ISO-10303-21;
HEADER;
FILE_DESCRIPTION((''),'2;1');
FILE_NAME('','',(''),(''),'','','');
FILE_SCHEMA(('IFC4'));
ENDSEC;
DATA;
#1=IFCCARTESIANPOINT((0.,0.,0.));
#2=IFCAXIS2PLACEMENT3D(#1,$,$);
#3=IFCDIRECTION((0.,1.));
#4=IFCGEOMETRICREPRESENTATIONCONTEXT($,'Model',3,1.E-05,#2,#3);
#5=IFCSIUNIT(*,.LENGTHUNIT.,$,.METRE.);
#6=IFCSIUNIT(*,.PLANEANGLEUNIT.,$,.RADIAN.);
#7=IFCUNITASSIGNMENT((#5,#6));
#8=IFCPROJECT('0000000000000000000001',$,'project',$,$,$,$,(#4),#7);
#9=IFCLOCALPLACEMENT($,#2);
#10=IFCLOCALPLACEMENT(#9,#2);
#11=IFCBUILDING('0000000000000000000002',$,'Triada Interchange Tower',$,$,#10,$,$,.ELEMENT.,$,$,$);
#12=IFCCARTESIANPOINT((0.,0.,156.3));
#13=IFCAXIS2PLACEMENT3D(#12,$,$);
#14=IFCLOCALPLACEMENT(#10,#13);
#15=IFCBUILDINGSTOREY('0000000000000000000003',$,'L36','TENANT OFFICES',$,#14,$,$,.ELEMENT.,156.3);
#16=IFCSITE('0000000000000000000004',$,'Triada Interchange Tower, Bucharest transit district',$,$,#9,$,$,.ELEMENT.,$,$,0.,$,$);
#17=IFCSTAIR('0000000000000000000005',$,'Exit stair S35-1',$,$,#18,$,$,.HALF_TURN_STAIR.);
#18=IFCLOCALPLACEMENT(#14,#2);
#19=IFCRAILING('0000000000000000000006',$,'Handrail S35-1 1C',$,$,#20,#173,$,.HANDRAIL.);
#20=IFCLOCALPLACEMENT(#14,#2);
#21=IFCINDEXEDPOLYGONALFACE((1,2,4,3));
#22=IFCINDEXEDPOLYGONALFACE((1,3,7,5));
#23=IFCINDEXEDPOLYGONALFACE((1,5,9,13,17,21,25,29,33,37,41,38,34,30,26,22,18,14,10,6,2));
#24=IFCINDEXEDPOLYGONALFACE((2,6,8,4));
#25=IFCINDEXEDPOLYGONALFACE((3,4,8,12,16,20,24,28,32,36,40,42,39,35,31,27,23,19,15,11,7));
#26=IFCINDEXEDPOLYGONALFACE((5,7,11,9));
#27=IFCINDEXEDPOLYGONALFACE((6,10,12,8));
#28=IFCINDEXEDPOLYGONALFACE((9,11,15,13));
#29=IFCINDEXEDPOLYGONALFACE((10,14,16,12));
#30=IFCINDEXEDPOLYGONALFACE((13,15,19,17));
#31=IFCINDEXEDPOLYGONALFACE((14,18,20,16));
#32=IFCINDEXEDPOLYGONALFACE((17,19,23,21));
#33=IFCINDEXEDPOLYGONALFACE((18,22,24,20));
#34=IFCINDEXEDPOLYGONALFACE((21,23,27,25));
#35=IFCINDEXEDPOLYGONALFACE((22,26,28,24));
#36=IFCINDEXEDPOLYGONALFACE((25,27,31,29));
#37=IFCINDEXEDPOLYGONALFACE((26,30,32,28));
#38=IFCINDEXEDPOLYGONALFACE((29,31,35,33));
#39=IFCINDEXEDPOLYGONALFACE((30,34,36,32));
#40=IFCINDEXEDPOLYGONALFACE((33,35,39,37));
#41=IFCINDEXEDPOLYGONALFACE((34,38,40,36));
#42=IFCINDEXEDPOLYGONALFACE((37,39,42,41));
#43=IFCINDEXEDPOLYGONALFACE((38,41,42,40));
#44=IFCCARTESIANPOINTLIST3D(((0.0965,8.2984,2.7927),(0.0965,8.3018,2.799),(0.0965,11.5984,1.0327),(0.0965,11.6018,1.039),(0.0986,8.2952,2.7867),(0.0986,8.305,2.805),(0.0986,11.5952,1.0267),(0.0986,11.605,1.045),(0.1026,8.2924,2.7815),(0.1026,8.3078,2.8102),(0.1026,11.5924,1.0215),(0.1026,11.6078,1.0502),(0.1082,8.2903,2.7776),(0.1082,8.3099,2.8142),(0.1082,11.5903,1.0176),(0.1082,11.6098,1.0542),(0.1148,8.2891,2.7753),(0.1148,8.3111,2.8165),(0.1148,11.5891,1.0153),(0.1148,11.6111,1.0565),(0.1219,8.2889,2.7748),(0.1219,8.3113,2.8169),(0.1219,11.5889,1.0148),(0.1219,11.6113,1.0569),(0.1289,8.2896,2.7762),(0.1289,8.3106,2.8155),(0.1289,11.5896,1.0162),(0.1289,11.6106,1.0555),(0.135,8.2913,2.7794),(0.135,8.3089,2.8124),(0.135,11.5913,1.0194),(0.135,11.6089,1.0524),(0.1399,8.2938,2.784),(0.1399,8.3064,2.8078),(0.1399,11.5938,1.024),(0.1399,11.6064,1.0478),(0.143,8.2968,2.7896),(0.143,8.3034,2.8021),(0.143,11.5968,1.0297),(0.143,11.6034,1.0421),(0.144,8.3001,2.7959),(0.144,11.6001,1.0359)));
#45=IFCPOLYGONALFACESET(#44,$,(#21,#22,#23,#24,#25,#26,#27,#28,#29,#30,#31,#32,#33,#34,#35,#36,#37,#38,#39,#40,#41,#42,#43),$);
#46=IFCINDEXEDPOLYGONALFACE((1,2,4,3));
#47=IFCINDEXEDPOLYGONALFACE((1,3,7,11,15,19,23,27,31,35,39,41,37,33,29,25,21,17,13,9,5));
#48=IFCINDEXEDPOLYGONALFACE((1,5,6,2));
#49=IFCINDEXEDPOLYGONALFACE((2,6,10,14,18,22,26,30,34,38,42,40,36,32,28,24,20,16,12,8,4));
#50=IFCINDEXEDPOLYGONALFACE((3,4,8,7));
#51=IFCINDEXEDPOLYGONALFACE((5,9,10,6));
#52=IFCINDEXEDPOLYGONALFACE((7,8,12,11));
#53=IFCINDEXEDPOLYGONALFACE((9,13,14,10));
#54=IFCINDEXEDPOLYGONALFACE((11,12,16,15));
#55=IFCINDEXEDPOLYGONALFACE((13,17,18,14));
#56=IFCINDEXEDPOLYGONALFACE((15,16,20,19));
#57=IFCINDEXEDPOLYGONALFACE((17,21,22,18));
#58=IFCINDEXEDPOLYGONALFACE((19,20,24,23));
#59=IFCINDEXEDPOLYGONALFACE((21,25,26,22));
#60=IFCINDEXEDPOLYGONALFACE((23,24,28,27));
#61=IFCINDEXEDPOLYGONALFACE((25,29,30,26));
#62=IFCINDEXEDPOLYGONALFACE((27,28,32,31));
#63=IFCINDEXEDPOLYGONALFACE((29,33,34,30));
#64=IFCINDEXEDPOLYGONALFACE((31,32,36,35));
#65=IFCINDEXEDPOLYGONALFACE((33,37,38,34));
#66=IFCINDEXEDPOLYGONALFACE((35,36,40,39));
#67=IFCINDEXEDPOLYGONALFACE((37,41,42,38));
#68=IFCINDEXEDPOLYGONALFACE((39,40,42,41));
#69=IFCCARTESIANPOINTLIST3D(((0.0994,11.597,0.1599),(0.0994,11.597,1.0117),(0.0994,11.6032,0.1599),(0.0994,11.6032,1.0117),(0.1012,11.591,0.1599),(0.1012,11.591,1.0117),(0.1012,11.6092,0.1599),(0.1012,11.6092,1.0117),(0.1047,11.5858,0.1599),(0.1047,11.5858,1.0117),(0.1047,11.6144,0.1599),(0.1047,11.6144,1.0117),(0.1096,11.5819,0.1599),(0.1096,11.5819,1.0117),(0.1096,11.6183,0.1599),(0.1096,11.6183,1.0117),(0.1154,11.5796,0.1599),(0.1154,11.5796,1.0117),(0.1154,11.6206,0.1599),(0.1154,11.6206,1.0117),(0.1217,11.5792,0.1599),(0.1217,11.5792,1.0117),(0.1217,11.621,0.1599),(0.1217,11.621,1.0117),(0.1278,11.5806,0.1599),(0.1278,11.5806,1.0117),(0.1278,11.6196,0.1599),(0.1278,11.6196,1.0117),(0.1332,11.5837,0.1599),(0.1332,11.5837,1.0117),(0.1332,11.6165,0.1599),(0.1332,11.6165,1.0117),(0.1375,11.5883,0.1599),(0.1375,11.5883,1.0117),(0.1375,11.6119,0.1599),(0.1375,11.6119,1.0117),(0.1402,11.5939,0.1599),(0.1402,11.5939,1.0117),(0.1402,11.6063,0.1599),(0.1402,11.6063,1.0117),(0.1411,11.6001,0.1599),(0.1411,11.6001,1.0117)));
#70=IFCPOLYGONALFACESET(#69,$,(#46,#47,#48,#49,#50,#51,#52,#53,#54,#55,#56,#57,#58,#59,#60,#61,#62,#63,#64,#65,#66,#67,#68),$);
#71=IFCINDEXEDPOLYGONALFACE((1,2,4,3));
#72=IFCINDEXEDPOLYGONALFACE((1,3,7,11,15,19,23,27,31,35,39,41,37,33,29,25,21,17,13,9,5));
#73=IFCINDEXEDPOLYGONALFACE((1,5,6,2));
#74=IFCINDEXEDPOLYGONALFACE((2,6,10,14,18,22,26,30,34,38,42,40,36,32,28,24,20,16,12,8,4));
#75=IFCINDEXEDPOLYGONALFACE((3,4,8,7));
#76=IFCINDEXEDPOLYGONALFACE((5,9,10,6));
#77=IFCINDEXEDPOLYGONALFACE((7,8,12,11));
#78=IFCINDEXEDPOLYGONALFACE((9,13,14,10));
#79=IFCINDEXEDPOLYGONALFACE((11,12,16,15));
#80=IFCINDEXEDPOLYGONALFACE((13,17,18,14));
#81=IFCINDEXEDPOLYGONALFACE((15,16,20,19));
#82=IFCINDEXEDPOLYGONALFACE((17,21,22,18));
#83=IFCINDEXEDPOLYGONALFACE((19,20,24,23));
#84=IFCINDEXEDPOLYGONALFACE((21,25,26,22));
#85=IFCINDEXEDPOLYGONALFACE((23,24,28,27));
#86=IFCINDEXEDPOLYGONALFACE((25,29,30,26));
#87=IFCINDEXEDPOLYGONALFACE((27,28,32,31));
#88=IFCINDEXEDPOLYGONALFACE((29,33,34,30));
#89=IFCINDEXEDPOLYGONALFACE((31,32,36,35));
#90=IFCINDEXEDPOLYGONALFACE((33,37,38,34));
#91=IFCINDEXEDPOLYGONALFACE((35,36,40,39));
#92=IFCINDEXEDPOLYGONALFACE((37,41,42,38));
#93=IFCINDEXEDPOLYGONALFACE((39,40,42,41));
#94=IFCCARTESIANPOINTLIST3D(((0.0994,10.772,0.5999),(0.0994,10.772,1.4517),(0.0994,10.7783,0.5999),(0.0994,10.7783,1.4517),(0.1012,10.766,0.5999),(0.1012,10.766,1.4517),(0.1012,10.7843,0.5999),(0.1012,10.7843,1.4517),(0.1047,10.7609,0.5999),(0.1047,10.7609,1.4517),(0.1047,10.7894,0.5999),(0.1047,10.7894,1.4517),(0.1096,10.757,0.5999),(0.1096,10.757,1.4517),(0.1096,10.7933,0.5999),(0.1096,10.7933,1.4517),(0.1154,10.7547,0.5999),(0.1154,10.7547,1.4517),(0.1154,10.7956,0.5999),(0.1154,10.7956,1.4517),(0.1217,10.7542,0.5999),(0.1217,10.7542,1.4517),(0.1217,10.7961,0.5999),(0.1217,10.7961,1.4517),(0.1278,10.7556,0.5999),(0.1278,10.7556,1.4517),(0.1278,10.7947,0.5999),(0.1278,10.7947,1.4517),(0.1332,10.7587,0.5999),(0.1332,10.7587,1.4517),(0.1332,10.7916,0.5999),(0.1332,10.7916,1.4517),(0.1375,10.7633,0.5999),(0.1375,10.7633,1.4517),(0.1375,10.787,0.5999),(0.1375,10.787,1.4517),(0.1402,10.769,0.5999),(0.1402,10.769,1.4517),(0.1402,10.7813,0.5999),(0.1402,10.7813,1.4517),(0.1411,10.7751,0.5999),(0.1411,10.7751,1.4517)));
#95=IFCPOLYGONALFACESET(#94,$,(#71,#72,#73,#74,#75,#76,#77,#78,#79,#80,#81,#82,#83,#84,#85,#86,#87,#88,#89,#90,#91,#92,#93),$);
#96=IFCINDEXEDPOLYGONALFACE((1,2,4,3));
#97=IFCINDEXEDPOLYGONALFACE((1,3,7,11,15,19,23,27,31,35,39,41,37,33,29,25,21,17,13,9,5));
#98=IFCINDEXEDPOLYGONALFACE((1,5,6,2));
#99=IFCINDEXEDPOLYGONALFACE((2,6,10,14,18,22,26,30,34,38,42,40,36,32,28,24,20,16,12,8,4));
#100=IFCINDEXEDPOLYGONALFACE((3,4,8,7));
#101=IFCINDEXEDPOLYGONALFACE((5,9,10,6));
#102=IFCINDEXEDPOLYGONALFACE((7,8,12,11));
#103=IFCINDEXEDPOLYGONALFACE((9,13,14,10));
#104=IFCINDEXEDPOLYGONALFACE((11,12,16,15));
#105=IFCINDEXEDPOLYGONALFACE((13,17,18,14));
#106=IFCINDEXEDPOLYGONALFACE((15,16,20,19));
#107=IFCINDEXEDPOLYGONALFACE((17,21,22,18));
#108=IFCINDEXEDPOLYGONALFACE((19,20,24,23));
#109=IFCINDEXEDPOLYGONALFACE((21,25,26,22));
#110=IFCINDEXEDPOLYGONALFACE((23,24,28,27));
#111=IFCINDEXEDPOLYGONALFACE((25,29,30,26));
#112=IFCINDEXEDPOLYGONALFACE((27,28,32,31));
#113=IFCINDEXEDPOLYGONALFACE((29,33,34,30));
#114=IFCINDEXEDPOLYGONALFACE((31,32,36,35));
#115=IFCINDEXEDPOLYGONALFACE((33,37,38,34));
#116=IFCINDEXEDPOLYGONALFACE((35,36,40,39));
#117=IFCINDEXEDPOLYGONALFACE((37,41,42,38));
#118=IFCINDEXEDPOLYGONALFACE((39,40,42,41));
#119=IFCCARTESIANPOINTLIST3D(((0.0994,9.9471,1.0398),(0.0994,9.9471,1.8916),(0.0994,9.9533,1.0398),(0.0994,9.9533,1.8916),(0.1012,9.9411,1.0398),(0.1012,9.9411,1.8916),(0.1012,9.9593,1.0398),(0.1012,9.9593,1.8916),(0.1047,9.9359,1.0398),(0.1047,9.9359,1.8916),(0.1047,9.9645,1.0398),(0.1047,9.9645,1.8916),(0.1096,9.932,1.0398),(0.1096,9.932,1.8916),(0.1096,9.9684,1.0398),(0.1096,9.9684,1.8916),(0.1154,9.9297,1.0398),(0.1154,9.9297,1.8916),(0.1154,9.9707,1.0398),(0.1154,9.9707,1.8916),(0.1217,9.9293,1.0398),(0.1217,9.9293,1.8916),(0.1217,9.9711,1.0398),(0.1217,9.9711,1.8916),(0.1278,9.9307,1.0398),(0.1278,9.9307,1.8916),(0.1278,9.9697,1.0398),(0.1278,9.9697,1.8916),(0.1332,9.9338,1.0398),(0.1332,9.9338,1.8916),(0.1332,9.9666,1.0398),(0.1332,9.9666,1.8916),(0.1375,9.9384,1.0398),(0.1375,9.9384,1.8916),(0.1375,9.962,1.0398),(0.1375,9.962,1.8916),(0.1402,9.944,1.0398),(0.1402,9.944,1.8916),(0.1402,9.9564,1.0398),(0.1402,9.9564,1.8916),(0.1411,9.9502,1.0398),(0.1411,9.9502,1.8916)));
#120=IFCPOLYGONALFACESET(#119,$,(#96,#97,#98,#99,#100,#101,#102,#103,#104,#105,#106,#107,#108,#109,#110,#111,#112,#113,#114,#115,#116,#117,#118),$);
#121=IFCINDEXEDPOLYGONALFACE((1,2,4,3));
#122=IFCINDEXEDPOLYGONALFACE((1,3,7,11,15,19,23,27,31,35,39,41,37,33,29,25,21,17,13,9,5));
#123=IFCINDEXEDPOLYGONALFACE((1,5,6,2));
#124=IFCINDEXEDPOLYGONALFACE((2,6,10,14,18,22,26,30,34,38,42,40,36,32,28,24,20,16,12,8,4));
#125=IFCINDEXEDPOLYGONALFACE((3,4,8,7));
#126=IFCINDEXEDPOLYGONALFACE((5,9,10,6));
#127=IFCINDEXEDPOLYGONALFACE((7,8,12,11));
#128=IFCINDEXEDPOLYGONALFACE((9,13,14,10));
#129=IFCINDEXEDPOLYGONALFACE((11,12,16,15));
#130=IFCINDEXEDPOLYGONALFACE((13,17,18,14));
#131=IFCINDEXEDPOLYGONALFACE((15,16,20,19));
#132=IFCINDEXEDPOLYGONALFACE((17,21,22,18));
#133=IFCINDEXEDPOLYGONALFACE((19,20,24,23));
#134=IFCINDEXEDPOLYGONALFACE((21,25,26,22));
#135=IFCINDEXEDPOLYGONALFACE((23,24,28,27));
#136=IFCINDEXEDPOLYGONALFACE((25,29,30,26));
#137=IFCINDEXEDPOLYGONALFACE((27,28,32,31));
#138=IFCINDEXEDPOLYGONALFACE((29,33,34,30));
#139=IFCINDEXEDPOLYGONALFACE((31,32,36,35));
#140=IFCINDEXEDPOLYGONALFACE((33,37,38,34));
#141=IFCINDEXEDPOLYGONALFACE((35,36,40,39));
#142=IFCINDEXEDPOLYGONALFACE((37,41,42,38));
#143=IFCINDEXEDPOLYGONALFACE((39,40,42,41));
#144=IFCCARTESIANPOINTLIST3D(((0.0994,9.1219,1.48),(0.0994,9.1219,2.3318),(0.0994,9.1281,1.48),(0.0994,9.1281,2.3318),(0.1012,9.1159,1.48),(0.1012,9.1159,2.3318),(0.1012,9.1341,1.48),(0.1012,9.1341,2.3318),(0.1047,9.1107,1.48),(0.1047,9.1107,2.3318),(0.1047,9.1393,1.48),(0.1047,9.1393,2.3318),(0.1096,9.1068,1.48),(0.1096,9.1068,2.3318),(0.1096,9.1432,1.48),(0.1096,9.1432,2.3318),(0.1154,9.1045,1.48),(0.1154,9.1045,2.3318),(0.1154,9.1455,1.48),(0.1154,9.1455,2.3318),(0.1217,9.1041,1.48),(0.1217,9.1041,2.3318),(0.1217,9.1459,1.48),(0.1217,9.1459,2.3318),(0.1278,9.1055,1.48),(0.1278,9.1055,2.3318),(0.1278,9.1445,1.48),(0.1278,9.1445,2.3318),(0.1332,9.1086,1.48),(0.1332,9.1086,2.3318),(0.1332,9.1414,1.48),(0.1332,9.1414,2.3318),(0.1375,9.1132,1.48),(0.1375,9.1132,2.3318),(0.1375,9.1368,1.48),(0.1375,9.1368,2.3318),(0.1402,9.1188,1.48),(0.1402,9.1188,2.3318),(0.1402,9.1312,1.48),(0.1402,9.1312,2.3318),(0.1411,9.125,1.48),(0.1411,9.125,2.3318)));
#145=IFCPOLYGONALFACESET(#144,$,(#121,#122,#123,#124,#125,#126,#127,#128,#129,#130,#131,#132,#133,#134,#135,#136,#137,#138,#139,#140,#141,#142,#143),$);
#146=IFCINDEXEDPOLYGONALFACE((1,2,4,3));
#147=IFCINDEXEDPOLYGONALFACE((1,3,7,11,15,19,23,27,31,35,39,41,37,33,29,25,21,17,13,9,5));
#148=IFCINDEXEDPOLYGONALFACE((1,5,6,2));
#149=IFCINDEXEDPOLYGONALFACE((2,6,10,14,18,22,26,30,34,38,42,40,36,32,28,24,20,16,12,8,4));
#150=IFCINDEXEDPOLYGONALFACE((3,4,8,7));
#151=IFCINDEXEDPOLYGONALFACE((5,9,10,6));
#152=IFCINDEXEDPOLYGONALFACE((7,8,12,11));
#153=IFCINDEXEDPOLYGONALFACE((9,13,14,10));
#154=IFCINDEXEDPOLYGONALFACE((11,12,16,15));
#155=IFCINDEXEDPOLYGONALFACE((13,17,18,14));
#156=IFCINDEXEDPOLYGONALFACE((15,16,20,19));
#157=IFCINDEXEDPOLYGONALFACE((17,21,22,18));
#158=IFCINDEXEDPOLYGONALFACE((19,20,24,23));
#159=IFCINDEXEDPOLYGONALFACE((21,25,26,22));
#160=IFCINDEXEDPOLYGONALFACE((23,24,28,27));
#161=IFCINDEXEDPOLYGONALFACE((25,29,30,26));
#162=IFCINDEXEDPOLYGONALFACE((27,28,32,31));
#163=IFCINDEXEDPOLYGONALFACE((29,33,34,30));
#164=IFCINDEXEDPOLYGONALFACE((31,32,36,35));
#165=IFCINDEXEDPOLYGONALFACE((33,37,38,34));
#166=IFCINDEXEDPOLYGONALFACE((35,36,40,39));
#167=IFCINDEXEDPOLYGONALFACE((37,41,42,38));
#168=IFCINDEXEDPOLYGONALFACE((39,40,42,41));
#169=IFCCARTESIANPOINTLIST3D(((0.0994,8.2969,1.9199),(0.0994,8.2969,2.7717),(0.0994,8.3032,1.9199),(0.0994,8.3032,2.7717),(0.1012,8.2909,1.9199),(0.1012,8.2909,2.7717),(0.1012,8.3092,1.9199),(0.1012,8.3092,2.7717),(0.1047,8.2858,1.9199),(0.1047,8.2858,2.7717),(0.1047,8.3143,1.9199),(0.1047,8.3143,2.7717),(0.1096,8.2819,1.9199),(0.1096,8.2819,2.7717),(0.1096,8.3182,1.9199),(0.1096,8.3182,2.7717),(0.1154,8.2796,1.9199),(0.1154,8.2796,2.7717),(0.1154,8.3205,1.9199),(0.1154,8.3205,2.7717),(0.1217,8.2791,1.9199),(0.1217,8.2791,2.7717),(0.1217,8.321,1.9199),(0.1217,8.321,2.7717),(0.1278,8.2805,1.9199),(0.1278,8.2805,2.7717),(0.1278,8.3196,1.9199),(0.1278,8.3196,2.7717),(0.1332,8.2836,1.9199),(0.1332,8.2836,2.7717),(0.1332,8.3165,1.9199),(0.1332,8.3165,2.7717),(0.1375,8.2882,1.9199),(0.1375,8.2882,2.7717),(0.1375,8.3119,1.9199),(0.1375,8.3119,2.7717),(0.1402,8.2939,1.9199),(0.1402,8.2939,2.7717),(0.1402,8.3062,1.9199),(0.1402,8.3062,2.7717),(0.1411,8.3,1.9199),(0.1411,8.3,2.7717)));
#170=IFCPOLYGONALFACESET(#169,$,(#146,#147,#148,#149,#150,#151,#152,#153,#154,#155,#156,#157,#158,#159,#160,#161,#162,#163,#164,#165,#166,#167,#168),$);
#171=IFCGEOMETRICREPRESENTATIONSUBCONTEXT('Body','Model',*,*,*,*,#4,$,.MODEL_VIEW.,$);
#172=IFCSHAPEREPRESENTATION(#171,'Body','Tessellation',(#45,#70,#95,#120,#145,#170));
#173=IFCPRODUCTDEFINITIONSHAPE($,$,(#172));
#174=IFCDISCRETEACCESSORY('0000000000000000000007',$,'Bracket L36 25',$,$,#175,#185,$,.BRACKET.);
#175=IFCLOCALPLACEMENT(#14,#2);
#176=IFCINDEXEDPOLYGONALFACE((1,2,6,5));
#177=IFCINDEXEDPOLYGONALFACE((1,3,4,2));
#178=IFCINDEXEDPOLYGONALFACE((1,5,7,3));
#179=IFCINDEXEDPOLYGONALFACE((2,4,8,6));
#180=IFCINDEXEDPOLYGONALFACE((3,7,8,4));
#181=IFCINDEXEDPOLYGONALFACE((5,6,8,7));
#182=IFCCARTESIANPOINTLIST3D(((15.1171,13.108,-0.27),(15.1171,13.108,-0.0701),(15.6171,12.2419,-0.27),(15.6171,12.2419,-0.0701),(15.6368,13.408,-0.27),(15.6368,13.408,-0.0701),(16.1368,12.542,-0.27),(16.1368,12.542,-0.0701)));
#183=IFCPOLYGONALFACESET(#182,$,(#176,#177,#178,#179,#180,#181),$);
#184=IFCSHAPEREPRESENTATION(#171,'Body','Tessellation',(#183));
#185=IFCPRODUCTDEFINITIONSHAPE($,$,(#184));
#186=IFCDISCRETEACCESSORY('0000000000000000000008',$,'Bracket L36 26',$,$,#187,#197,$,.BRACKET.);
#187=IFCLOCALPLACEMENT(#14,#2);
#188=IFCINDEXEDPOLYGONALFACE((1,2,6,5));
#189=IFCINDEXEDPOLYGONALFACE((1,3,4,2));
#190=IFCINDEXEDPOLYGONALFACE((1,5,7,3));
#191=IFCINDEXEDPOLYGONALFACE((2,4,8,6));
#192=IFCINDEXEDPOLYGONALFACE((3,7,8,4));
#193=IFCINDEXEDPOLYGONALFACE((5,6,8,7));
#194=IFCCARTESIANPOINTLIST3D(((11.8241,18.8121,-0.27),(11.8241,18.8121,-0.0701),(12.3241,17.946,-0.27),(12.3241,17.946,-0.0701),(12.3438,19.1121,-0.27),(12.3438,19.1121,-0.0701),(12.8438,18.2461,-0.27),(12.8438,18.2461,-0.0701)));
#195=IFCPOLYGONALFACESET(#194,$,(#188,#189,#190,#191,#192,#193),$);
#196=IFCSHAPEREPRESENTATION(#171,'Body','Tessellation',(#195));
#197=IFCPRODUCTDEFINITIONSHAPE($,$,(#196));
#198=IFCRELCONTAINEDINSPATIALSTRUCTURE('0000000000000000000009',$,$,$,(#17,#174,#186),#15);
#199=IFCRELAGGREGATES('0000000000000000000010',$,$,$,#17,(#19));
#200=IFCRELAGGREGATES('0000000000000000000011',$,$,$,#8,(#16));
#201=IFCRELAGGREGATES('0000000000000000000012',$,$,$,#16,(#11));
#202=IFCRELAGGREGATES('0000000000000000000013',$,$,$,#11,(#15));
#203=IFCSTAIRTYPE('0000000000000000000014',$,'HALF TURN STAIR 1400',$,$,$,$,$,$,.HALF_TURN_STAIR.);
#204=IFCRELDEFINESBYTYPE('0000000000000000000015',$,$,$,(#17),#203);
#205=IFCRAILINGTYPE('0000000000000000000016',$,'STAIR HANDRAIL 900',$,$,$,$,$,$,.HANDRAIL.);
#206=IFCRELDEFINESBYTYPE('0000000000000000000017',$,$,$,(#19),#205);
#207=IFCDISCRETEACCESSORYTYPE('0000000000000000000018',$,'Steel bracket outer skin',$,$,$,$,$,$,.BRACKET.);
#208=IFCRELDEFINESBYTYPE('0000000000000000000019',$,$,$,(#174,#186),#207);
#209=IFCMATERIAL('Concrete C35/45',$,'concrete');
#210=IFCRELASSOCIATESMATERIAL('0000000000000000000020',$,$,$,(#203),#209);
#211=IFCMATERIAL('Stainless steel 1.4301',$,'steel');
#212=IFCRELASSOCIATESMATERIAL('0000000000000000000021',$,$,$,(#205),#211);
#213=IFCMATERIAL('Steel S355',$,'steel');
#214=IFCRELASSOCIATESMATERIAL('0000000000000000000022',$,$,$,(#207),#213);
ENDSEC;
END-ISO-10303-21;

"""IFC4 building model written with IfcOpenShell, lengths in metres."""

from ifc_helpers import new_model, si_unit, direction, frame, origin, origin_2d, place, context, subcontext, project, spatial, rectangle, circle, extrude, material, type_object, element, aggregate, save


model = new_model("IFC4")

# Units and contexts
model_context = context("Model", 3, precision=1e-05, world=origin(), true_north=direction((0.0, 1.0)))
body_context = subcontext(model_context, "Body", "Model", "MODEL_VIEW")
ifc_project = project(units=[si_unit("LENGTHUNIT", "METRE"), si_unit("PLANEANGLEUNIT", "RADIAN")], contexts=[model_context])

# Site, building, storey
site_placement = place(None, origin())
site = spatial("IfcSite", under=ifc_project, at=site_placement, Name="Triada Interchange Tower, Bucharest transit district", CompositionType="ELEMENT", RefElevation=0.0)
building_placement = place(site_placement, origin())
building = spatial("IfcBuilding", under=site, at=building_placement, Name="Triada Interchange Tower", CompositionType="ELEMENT")
storey_placement = place(building_placement, frame((0.0, 0.0, 156.3)))
storey = spatial("IfcBuildingStorey", under=building, at=storey_placement, Name="L36", Description="TENANT OFFICES", CompositionType="ELEMENT", Elevation=156.3)

# Stair
ifc_material_1 = material(Name="Concrete C35/45", Category="concrete")
stair_type = type_object("IfcStairType", Name="HALF TURN STAIR 1400", PredefinedType="HALF_TURN_STAIR", material=ifc_material_1)
stair_placement = place(storey_placement, origin())
stair = element("IfcStair", 1, at=stair_placement, inside=storey, type_object=stair_type, Name="Exit stair S35-1", PredefinedType="HALF_TURN_STAIR")

# Railing
ifc_material_2 = material(Name="Stainless steel 1.4301", Category="steel")
railing_type = type_object("IfcRailingType", Name="STAIR HANDRAIL 900", PredefinedType="HANDRAIL", material=ifc_material_2)
railing_1_placement = place(storey_placement, frame((0.1201, 11.6001, 0.1599)))
railing_1 = element("IfcRailing", 2, at=railing_1_placement, type_object=railing_type, Name="Handrail S35-1 1C", PredefinedType="HANDRAIL", context=body_context, shape_type="SweptSolid", body=[
    extrude(circle(Radius=0.0239, at=origin_2d()), frame((0.0, 0.0, 0.876), z_axis=(0.0, -0.882355, 0.470585), x_axis=(1.0, 0.0, 0.0)), (0.0, 0.0, 1.0), 3.74),
    extrude(circle(Radius=0.021, at=origin_2d()), origin(), (0.0, 0.0, 1.0), 0.8518),
    extrude(circle(Radius=0.021, at=origin_2d()), frame((0.0, -0.825, 0.4399)), (0.0, 0.0, 1.0), 0.8518),
    extrude(circle(Radius=0.021, at=origin_2d()), frame((0.0, -1.6499, 0.8799)), (0.0, 0.0, 1.0), 0.8518),
    extrude(circle(Radius=0.021, at=origin_2d()), frame((0.0, -2.4751, 1.3201)), (0.0, 0.0, 1.0), 0.8518),
    extrude(circle(Radius=0.021, at=origin_2d()), frame((0.0, -3.3, 1.76)), (0.0, 0.0, 1.0), 0.8518),
])
aggregate(stair, [railing_1])

# Discrete accessories
ifc_material_3 = material(Name="Steel S355", Category="steel")
discrete_accessory_type = type_object("IfcDiscreteAccessoryType", Name="Steel bracket outer skin", PredefinedType="BRACKET", material=ifc_material_3)
for number, where, z_axis, x_axis, name in (
    (3, (15.627, 12.825, -0.27), (0.0, 0.0, 1.0), (0.866036, 0.499982, 0.0), "Bracket L36 25"),
    (4, (12.334, 18.5291, -0.27), (0.0, 0.0, 1.0), (0.866036, 0.499982, 0.0), "Bracket L36 26"),
):
    element("IfcDiscreteAccessory", number, at=place(storey_placement, frame(where, z_axis=z_axis, x_axis=x_axis)), inside=storey, type_object=discrete_accessory_type, Name=name, PredefinedType="BRACKET", context=body_context, shape_type="SweptSolid", body=[
        extrude(rectangle(XDim=0.6001, YDim=1.0, at=origin_2d()), origin(), (0.0, 0.0, 1.0), 0.2),
    ])

save(model, "model.ifc")
